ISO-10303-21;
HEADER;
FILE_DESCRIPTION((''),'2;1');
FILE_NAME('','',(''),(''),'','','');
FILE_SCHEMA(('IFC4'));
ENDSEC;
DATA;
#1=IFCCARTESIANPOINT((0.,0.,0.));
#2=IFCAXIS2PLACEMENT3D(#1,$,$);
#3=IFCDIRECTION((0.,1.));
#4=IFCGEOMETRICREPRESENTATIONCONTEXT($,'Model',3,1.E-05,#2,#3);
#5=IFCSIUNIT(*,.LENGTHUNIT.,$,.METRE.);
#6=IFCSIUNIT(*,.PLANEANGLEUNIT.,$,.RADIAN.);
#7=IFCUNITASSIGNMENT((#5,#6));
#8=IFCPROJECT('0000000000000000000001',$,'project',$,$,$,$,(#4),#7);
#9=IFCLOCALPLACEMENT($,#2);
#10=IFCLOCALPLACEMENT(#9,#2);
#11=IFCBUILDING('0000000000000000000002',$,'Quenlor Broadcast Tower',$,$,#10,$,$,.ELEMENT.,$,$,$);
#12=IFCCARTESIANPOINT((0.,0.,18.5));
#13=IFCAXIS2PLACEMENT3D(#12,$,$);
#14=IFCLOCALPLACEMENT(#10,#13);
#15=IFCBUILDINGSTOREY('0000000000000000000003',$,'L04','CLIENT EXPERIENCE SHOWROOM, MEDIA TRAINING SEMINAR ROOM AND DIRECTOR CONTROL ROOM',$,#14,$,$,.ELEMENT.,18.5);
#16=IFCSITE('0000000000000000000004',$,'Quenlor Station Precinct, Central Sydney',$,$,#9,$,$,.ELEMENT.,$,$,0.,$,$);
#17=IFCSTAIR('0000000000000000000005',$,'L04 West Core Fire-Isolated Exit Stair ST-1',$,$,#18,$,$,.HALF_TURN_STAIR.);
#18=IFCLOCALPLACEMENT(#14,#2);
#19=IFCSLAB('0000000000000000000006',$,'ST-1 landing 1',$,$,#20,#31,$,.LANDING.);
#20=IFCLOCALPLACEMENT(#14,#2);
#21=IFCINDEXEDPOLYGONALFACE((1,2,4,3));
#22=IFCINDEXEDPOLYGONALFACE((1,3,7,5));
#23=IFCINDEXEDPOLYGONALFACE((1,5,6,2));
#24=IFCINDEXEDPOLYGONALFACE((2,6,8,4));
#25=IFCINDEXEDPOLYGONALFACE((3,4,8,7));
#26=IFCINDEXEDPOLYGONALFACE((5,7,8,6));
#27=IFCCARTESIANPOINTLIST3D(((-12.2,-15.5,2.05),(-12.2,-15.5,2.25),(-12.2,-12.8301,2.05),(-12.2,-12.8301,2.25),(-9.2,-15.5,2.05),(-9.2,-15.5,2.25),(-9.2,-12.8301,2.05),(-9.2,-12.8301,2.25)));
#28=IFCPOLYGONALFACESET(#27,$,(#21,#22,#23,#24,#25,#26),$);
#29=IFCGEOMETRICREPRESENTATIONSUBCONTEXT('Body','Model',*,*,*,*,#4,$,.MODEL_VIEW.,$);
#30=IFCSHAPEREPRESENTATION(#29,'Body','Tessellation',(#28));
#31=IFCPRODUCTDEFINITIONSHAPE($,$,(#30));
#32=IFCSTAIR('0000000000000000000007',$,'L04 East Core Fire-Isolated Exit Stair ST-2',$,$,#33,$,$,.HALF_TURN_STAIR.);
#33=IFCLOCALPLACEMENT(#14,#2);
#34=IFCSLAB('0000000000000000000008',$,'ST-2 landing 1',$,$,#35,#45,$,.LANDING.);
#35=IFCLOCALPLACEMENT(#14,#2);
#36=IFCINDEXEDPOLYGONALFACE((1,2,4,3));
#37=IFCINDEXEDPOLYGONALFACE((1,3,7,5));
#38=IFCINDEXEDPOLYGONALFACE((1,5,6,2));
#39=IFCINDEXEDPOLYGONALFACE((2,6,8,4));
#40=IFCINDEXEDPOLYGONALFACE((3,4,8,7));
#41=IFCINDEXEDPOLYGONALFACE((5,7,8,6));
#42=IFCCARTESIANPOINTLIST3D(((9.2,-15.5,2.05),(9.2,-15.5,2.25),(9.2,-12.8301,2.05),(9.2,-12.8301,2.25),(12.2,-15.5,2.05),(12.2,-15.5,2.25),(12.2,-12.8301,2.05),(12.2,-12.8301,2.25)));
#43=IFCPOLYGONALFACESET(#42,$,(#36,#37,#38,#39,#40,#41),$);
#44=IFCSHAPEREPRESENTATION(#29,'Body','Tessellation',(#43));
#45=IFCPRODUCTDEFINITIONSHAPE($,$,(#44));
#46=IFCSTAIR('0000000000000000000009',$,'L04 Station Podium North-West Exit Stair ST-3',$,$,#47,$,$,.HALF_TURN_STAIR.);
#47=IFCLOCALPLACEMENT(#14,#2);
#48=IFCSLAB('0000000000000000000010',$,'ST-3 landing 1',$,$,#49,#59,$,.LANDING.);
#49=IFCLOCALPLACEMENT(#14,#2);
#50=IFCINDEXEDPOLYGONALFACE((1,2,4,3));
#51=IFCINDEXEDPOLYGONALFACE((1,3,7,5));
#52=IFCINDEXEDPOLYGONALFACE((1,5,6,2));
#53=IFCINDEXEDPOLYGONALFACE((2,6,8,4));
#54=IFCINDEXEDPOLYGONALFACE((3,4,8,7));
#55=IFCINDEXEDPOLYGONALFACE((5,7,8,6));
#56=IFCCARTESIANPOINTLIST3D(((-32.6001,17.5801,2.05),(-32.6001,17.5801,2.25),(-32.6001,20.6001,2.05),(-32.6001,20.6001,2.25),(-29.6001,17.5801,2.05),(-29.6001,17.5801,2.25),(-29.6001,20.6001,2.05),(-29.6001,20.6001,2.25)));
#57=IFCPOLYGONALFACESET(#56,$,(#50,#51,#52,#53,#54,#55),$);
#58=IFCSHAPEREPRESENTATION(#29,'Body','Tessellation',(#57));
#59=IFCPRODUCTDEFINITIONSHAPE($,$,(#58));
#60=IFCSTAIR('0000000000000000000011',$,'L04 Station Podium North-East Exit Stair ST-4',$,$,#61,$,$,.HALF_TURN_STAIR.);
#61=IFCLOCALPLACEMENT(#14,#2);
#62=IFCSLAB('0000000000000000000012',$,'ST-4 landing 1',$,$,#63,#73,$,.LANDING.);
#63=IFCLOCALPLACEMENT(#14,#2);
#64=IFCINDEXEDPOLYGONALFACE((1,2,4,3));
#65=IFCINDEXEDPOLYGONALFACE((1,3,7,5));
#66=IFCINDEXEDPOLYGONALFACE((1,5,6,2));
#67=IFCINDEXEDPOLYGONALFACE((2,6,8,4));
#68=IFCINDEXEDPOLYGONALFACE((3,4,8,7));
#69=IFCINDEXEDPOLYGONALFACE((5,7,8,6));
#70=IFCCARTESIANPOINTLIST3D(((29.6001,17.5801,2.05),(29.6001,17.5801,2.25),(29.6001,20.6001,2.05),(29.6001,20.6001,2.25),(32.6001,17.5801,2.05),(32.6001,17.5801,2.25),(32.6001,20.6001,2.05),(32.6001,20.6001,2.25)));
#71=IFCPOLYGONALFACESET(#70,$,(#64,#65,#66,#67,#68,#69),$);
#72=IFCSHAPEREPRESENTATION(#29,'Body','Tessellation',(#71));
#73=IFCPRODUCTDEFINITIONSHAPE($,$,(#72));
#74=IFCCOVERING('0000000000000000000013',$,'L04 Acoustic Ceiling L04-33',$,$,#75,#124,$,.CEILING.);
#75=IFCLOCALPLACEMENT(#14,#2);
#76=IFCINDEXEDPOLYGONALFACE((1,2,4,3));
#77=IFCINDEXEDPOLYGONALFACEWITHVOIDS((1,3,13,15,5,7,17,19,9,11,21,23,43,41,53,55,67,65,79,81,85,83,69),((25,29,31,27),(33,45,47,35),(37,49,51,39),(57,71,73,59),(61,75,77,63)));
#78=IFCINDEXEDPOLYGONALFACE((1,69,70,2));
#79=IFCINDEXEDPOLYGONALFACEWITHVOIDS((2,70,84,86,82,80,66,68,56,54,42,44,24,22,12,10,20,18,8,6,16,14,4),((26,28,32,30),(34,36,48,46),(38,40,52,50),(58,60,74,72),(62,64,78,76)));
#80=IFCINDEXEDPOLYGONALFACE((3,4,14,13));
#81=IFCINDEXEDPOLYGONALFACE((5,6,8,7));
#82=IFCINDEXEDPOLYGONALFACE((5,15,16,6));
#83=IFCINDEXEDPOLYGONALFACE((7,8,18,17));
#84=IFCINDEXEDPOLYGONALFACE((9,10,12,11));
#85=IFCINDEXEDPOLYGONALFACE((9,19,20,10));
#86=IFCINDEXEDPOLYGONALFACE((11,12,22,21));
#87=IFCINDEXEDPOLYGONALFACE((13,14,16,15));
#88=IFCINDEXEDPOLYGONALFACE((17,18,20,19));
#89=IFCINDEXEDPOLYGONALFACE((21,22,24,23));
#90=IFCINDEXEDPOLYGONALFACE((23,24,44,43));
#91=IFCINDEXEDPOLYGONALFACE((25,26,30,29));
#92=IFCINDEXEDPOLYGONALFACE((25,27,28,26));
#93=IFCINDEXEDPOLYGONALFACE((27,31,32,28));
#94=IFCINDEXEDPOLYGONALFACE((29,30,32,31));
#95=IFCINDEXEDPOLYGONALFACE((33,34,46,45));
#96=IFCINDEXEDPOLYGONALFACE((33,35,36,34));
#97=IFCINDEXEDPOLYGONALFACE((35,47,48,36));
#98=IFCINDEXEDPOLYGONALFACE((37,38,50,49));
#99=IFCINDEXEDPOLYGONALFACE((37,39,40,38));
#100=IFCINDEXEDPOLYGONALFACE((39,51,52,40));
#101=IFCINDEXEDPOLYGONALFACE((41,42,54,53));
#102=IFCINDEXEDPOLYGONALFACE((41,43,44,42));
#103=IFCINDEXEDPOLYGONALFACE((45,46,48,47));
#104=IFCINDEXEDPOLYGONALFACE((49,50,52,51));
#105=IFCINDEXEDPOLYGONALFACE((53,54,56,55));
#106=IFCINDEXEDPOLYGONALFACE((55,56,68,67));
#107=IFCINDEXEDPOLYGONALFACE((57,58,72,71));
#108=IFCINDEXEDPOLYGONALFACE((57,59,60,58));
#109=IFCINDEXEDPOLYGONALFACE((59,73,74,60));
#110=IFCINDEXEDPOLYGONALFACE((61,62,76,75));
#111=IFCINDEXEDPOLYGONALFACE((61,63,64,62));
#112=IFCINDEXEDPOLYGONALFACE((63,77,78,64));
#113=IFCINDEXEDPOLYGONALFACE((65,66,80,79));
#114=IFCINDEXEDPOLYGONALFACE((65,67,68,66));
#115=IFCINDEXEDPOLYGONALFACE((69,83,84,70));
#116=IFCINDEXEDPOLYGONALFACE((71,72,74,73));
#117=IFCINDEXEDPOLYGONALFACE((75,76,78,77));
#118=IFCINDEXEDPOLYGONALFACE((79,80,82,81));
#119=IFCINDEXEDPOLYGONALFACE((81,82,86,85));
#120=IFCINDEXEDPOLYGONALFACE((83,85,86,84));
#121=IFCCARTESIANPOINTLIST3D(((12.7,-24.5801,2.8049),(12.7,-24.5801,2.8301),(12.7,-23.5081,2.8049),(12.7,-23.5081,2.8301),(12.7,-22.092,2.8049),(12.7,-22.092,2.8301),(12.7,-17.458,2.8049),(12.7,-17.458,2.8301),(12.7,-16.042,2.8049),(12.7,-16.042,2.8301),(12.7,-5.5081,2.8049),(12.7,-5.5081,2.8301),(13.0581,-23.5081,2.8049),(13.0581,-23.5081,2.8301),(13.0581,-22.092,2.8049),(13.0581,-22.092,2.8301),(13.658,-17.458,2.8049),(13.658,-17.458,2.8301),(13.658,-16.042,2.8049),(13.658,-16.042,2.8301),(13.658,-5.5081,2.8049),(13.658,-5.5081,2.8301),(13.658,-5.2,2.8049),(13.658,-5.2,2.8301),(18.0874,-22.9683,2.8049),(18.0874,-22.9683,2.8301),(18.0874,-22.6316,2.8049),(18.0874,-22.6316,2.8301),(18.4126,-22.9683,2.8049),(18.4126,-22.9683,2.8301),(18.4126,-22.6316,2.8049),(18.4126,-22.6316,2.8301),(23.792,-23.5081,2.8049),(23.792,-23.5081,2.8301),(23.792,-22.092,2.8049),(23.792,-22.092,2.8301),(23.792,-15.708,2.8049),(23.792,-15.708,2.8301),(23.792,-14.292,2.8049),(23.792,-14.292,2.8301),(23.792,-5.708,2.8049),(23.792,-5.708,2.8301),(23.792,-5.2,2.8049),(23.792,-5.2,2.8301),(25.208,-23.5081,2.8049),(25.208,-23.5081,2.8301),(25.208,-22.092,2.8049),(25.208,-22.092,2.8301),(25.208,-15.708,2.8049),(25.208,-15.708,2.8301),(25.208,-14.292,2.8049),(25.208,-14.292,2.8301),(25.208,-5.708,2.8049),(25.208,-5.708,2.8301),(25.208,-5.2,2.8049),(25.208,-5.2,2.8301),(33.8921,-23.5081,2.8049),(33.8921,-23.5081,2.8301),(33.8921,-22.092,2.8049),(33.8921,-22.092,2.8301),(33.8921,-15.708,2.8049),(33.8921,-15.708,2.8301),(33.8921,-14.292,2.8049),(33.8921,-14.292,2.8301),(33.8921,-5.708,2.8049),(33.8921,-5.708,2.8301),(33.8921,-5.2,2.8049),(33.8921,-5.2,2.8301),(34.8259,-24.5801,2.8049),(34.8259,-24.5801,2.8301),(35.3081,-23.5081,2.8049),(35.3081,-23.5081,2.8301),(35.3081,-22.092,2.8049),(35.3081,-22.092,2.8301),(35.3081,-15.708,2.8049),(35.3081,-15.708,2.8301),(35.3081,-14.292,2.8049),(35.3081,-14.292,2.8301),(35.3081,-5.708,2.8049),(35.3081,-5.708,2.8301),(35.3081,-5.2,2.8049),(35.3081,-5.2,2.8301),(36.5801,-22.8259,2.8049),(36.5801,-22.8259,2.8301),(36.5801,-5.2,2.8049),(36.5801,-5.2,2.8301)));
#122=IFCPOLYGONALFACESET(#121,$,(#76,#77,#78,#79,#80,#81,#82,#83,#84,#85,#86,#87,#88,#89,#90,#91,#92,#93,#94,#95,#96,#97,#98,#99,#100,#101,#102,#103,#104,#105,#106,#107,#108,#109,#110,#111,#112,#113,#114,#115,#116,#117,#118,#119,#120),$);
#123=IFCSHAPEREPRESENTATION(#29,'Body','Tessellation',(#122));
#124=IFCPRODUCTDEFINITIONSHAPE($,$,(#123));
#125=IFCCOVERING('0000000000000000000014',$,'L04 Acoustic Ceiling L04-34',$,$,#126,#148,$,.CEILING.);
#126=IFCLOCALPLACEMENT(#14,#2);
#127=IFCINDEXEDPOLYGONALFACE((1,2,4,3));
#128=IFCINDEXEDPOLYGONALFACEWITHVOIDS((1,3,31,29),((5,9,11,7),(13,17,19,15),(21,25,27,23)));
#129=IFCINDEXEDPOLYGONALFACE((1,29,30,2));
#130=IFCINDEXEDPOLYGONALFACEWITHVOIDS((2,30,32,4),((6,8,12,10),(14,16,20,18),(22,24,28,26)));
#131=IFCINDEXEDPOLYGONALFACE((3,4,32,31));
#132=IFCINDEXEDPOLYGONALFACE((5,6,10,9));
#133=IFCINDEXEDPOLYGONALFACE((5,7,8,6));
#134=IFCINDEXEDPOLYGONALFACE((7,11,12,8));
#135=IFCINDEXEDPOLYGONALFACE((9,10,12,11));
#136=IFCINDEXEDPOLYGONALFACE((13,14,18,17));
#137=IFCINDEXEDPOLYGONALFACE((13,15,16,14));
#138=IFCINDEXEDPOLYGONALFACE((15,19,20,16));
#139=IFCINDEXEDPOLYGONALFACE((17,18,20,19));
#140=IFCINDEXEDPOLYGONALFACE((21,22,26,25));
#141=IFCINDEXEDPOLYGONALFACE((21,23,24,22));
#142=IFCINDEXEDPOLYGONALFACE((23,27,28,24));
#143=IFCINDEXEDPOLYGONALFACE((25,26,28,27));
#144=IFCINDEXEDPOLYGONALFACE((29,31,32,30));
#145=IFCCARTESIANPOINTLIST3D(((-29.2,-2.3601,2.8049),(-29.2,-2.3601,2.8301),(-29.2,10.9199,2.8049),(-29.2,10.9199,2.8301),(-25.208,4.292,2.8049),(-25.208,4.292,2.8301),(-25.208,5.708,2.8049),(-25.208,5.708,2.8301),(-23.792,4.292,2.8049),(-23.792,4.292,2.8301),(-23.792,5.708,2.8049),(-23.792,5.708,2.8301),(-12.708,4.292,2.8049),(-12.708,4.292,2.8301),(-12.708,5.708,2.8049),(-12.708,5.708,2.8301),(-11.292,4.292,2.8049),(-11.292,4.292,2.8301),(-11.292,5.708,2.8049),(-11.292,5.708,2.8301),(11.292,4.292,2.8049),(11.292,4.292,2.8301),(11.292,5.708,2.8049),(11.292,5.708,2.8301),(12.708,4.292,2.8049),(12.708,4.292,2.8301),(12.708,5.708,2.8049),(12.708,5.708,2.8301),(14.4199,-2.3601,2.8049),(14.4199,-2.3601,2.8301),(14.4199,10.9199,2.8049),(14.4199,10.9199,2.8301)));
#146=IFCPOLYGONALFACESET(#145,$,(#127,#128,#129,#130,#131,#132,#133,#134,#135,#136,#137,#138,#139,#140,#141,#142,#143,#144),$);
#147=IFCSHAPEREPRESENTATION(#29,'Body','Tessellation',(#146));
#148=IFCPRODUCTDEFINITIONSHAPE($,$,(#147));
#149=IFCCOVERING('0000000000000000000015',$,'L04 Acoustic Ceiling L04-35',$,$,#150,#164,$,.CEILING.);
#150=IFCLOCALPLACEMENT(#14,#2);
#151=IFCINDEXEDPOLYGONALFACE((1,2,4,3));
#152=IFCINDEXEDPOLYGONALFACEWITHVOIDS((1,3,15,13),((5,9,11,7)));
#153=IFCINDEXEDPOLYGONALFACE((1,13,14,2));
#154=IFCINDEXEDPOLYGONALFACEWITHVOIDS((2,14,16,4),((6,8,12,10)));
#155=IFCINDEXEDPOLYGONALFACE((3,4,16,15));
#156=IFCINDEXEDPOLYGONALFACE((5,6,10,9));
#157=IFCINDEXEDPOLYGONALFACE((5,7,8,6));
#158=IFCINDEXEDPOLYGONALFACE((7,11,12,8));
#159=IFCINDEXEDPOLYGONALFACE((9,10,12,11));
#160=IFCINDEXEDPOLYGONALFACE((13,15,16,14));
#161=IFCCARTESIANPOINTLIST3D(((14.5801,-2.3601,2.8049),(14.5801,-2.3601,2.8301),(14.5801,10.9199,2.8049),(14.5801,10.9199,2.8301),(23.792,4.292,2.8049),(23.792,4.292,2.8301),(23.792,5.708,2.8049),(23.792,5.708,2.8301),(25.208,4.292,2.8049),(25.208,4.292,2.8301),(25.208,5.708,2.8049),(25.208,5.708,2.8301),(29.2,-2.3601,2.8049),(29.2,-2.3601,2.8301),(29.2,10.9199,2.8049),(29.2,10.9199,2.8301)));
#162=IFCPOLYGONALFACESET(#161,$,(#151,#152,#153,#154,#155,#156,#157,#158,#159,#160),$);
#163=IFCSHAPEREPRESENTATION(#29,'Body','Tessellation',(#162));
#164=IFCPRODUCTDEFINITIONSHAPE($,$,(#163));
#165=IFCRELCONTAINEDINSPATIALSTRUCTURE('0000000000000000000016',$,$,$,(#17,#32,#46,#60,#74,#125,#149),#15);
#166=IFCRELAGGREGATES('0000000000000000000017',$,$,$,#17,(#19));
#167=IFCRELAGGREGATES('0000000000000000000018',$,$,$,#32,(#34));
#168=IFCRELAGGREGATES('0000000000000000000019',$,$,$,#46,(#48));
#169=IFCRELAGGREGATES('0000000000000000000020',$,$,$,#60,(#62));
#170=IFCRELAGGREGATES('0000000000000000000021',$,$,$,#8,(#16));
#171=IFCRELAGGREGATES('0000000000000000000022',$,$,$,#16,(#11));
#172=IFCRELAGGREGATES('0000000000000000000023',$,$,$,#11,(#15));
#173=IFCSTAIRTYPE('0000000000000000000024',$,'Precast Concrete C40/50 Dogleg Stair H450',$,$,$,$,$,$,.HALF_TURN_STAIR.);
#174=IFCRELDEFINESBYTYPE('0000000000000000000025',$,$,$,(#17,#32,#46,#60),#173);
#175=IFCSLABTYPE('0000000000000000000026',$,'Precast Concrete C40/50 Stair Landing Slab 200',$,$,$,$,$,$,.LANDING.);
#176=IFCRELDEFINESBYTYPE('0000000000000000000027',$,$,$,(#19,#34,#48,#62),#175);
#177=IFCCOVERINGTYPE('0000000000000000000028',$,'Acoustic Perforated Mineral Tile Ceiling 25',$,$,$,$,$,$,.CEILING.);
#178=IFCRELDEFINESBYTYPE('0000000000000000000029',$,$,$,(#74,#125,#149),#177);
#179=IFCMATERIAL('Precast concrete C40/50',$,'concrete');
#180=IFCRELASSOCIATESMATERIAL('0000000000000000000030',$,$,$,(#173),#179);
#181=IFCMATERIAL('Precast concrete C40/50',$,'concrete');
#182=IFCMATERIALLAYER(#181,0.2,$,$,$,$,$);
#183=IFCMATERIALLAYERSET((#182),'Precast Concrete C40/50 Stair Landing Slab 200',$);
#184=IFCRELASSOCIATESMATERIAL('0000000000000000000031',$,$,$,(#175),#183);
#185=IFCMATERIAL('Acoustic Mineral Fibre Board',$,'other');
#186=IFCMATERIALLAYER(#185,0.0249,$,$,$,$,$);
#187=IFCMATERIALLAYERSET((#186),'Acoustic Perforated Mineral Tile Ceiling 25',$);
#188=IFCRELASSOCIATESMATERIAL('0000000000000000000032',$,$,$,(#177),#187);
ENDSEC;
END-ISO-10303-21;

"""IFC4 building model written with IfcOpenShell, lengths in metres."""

from ifc_helpers import new_model, si_unit, direction, frame, origin, place, context, subcontext, project, spatial, polyline, outline, extrude, material, layer, layer_set, type_object, element, aggregate, save


model = new_model("IFC4")

# Units and contexts
model_context = context("Model", 3, precision=1e-05, world=origin(), true_north=direction((0.0, 1.0)))
body_context = subcontext(model_context, "Body", "Model", "MODEL_VIEW")
ifc_project = project(units=[si_unit("LENGTHUNIT", "METRE"), si_unit("PLANEANGLEUNIT", "RADIAN")], contexts=[model_context])

# Site, building, storey
site_placement = place(None, origin())
site = spatial("IfcSite", under=ifc_project, at=site_placement, Name="Quenlor Station Precinct, Central Sydney", CompositionType="ELEMENT", RefElevation=0.0)
building_placement = place(site_placement, origin())
building = spatial("IfcBuilding", under=site, at=building_placement, Name="Quenlor Broadcast Tower", CompositionType="ELEMENT")
storey_placement = place(building_placement, frame((0.0, 0.0, 18.5)))
storey = spatial("IfcBuildingStorey", under=building, at=storey_placement, Name="L04", Description="CLIENT EXPERIENCE SHOWROOM, MEDIA TRAINING SEMINAR ROOM AND DIRECTOR CONTROL ROOM", CompositionType="ELEMENT", Elevation=18.5)

# Stairs, slabs
ifc_material_1 = material(Name="Precast concrete C40/50", Category="concrete")
stair_type = type_object("IfcStairType", Name="Precast Concrete C40/50 Dogleg Stair H450", PredefinedType="HALF_TURN_STAIR", material=ifc_material_1)
stair_1_placement = place(storey_placement, origin())
stair_1 = element("IfcStair", 1, at=stair_1_placement, inside=storey, type_object=stair_type, Name="L04 West Core Fire-Isolated Exit Stair ST-1", PredefinedType="HALF_TURN_STAIR")
ifc_material_2 = material(Name="Precast concrete C40/50", Category="concrete")
ifc_layer_1 = layer(ifc_material_2, 0.2)
ifc_layer_set_1 = layer_set([ifc_layer_1], Name="Precast Concrete C40/50 Stair Landing Slab 200")
slab_type = type_object("IfcSlabType", Name="Precast Concrete C40/50 Stair Landing Slab 200", PredefinedType="LANDING", material=ifc_layer_set_1)
slab_1_placement = place(storey_placement, frame((0.0, 0.0, 2.05)))
slab_1 = element("IfcSlab", 2, at=slab_1_placement, type_object=slab_type, Name="ST-1 landing 1", PredefinedType="LANDING", context=body_context, shape_type="SweptSolid", body=[
    extrude(outline(polyline([(-12.2, -12.8301), (-12.2, -15.5), (-9.2, -15.5), (-9.2, -12.8301), (-12.2, -12.8301)])), origin(), (0.0, 0.0, 1.0), 0.2),
])
aggregate(stair_1, [slab_1])
stair_2_placement = place(storey_placement, origin())
stair_2 = element("IfcStair", 3, at=stair_2_placement, inside=storey, type_object=stair_type, Name="L04 East Core Fire-Isolated Exit Stair ST-2", PredefinedType="HALF_TURN_STAIR")
slab_2_placement = place(storey_placement, frame((0.0, 0.0, 2.05)))
slab_2 = element("IfcSlab", 4, at=slab_2_placement, type_object=slab_type, Name="ST-2 landing 1", PredefinedType="LANDING", context=body_context, shape_type="SweptSolid", body=[
    extrude(outline(polyline([(9.2, -12.8301), (9.2, -15.5), (12.2, -15.5), (12.2, -12.8301), (9.2, -12.8301)])), origin(), (0.0, 0.0, 1.0), 0.2),
])
aggregate(stair_2, [slab_2])
stair_3_placement = place(storey_placement, origin())
stair_3 = element("IfcStair", 5, at=stair_3_placement, inside=storey, type_object=stair_type, Name="L04 Station Podium North-West Exit Stair ST-3", PredefinedType="HALF_TURN_STAIR")
slab_3_placement = place(storey_placement, frame((0.0, 0.0, 2.05)))
slab_3 = element("IfcSlab", 6, at=slab_3_placement, type_object=slab_type, Name="ST-3 landing 1", PredefinedType="LANDING", context=body_context, shape_type="SweptSolid", body=[
    extrude(outline(polyline([(-29.6001, 17.5801), (-29.6001, 20.6001), (-32.6001, 20.6001), (-32.6001, 17.5801), (-29.6001, 17.5801)])), origin(), (0.0, 0.0, 1.0), 0.2),
])
aggregate(stair_3, [slab_3])
stair_4_placement = place(storey_placement, origin())
stair_4 = element("IfcStair", 7, at=stair_4_placement, inside=storey, type_object=stair_type, Name="L04 Station Podium North-East Exit Stair ST-4", PredefinedType="HALF_TURN_STAIR")
slab_4_placement = place(storey_placement, frame((0.0, 0.0, 2.05)))
slab_4 = element("IfcSlab", 8, at=slab_4_placement, type_object=slab_type, Name="ST-4 landing 1", PredefinedType="LANDING", context=body_context, shape_type="SweptSolid", body=[
    extrude(outline(polyline([(32.6001, 17.5801), (32.6001, 20.6001), (29.6001, 20.6001), (29.6001, 17.5801), (32.6001, 17.5801)])), origin(), (0.0, 0.0, 1.0), 0.2),
])
aggregate(stair_4, [slab_4])

# Coverings
ifc_material_3 = material(Name="Acoustic Mineral Fibre Board", Category="other")
ifc_layer_2 = layer(ifc_material_3, 0.0249)
ifc_layer_set_2 = layer_set([ifc_layer_2], Name="Acoustic Perforated Mineral Tile Ceiling 25")
covering_type_1 = type_object("IfcCoveringType", Name="Acoustic Perforated Mineral Tile Ceiling 25", PredefinedType="CEILING", material=ifc_layer_set_2)
covering_1_placement = place(storey_placement, frame((0.0, 0.0, 2.8049)))
element("IfcCovering", 9, at=covering_1_placement, inside=storey, type_object=covering_type_1, Name="L04 Acoustic Ceiling L04-33", PredefinedType="CEILING", context=body_context, shape_type="SweptSolid", body=[
    extrude(outline(polyline([(12.7, -24.5801), (12.7, -23.5081), (13.0581, -23.5081), (13.0581, -22.092), (12.7, -22.092), (12.7, -17.458), (13.658, -17.458), (13.658, -16.042), (12.7, -16.042), (12.7, -5.5081), (13.658, -5.5081), (13.658, -5.2), (23.792, -5.2), (23.792, -5.708), (25.208, -5.708), (25.208, -5.2), (33.8921, -5.2), (33.8921, -5.708), (35.3081, -5.708), (35.3081, -5.2), (36.5801, -5.2), (36.5801, -22.8259), (34.8259, -24.5801), (12.7, -24.5801)]), holes=[polyline([(35.3081, -23.5081), (35.3081, -22.092), (33.8921, -22.092), (33.8921, -23.5081), (35.3081, -23.5081)]), polyline([(18.4126, -22.9683), (18.4126, -22.6316), (18.0874, -22.6316), (18.0874, -22.9683), (18.4126, -22.9683)]), polyline([(25.208, -23.5081), (25.208, -22.092), (23.792, -22.092), (23.792, -23.5081), (25.208, -23.5081)]), polyline([(35.3081, -15.708), (35.3081, -14.292), (33.8921, -14.292), (33.8921, -15.708), (35.3081, -15.708)]), polyline([(25.208, -15.708), (25.208, -14.292), (23.792, -14.292), (23.792, -15.708), (25.208, -15.708)])]), origin(), (0.0, 0.0, 1.0), 0.0251),
])
covering_2_placement = place(storey_placement, frame((0.0, 0.0, 2.8049)))
element("IfcCovering", 10, at=covering_2_placement, inside=storey, type_object=covering_type_1, Name="L04 Acoustic Ceiling L04-34", PredefinedType="CEILING", context=body_context, shape_type="SweptSolid", body=[
    extrude(outline(polyline([(14.4199, -2.3601), (-29.2, -2.3601), (-29.2, 10.9199), (14.4199, 10.9199), (14.4199, -2.3601)]), holes=[polyline([(-23.792, 4.292), (-23.792, 5.708), (-25.208, 5.708), (-25.208, 4.292), (-23.792, 4.292)]), polyline([(12.708, 5.708), (11.292, 5.708), (11.292, 4.292), (12.708, 4.292), (12.708, 5.708)]), polyline([(-11.292, 4.292), (-11.292, 5.708), (-12.708, 5.708), (-12.708, 4.292), (-11.292, 4.292)])]), origin(), (0.0, 0.0, 1.0), 0.0251),
])
covering_3_placement = place(storey_placement, frame((0.0, 0.0, 2.8049)))
element("IfcCovering", 11, at=covering_3_placement, inside=storey, type_object=covering_type_1, Name="L04 Acoustic Ceiling L04-35", PredefinedType="CEILING", context=body_context, shape_type="SweptSolid", body=[
    extrude(outline(polyline([(29.2, -2.3601), (14.5801, -2.3601), (14.5801, 10.9199), (29.2, 10.9199), (29.2, -2.3601)]), holes=[polyline([(25.208, 5.708), (23.792, 5.708), (23.792, 4.292), (25.208, 4.292), (25.208, 5.708)])]), origin(), (0.0, 0.0, 1.0), 0.0251),
])

save(model, "model.ifc")
